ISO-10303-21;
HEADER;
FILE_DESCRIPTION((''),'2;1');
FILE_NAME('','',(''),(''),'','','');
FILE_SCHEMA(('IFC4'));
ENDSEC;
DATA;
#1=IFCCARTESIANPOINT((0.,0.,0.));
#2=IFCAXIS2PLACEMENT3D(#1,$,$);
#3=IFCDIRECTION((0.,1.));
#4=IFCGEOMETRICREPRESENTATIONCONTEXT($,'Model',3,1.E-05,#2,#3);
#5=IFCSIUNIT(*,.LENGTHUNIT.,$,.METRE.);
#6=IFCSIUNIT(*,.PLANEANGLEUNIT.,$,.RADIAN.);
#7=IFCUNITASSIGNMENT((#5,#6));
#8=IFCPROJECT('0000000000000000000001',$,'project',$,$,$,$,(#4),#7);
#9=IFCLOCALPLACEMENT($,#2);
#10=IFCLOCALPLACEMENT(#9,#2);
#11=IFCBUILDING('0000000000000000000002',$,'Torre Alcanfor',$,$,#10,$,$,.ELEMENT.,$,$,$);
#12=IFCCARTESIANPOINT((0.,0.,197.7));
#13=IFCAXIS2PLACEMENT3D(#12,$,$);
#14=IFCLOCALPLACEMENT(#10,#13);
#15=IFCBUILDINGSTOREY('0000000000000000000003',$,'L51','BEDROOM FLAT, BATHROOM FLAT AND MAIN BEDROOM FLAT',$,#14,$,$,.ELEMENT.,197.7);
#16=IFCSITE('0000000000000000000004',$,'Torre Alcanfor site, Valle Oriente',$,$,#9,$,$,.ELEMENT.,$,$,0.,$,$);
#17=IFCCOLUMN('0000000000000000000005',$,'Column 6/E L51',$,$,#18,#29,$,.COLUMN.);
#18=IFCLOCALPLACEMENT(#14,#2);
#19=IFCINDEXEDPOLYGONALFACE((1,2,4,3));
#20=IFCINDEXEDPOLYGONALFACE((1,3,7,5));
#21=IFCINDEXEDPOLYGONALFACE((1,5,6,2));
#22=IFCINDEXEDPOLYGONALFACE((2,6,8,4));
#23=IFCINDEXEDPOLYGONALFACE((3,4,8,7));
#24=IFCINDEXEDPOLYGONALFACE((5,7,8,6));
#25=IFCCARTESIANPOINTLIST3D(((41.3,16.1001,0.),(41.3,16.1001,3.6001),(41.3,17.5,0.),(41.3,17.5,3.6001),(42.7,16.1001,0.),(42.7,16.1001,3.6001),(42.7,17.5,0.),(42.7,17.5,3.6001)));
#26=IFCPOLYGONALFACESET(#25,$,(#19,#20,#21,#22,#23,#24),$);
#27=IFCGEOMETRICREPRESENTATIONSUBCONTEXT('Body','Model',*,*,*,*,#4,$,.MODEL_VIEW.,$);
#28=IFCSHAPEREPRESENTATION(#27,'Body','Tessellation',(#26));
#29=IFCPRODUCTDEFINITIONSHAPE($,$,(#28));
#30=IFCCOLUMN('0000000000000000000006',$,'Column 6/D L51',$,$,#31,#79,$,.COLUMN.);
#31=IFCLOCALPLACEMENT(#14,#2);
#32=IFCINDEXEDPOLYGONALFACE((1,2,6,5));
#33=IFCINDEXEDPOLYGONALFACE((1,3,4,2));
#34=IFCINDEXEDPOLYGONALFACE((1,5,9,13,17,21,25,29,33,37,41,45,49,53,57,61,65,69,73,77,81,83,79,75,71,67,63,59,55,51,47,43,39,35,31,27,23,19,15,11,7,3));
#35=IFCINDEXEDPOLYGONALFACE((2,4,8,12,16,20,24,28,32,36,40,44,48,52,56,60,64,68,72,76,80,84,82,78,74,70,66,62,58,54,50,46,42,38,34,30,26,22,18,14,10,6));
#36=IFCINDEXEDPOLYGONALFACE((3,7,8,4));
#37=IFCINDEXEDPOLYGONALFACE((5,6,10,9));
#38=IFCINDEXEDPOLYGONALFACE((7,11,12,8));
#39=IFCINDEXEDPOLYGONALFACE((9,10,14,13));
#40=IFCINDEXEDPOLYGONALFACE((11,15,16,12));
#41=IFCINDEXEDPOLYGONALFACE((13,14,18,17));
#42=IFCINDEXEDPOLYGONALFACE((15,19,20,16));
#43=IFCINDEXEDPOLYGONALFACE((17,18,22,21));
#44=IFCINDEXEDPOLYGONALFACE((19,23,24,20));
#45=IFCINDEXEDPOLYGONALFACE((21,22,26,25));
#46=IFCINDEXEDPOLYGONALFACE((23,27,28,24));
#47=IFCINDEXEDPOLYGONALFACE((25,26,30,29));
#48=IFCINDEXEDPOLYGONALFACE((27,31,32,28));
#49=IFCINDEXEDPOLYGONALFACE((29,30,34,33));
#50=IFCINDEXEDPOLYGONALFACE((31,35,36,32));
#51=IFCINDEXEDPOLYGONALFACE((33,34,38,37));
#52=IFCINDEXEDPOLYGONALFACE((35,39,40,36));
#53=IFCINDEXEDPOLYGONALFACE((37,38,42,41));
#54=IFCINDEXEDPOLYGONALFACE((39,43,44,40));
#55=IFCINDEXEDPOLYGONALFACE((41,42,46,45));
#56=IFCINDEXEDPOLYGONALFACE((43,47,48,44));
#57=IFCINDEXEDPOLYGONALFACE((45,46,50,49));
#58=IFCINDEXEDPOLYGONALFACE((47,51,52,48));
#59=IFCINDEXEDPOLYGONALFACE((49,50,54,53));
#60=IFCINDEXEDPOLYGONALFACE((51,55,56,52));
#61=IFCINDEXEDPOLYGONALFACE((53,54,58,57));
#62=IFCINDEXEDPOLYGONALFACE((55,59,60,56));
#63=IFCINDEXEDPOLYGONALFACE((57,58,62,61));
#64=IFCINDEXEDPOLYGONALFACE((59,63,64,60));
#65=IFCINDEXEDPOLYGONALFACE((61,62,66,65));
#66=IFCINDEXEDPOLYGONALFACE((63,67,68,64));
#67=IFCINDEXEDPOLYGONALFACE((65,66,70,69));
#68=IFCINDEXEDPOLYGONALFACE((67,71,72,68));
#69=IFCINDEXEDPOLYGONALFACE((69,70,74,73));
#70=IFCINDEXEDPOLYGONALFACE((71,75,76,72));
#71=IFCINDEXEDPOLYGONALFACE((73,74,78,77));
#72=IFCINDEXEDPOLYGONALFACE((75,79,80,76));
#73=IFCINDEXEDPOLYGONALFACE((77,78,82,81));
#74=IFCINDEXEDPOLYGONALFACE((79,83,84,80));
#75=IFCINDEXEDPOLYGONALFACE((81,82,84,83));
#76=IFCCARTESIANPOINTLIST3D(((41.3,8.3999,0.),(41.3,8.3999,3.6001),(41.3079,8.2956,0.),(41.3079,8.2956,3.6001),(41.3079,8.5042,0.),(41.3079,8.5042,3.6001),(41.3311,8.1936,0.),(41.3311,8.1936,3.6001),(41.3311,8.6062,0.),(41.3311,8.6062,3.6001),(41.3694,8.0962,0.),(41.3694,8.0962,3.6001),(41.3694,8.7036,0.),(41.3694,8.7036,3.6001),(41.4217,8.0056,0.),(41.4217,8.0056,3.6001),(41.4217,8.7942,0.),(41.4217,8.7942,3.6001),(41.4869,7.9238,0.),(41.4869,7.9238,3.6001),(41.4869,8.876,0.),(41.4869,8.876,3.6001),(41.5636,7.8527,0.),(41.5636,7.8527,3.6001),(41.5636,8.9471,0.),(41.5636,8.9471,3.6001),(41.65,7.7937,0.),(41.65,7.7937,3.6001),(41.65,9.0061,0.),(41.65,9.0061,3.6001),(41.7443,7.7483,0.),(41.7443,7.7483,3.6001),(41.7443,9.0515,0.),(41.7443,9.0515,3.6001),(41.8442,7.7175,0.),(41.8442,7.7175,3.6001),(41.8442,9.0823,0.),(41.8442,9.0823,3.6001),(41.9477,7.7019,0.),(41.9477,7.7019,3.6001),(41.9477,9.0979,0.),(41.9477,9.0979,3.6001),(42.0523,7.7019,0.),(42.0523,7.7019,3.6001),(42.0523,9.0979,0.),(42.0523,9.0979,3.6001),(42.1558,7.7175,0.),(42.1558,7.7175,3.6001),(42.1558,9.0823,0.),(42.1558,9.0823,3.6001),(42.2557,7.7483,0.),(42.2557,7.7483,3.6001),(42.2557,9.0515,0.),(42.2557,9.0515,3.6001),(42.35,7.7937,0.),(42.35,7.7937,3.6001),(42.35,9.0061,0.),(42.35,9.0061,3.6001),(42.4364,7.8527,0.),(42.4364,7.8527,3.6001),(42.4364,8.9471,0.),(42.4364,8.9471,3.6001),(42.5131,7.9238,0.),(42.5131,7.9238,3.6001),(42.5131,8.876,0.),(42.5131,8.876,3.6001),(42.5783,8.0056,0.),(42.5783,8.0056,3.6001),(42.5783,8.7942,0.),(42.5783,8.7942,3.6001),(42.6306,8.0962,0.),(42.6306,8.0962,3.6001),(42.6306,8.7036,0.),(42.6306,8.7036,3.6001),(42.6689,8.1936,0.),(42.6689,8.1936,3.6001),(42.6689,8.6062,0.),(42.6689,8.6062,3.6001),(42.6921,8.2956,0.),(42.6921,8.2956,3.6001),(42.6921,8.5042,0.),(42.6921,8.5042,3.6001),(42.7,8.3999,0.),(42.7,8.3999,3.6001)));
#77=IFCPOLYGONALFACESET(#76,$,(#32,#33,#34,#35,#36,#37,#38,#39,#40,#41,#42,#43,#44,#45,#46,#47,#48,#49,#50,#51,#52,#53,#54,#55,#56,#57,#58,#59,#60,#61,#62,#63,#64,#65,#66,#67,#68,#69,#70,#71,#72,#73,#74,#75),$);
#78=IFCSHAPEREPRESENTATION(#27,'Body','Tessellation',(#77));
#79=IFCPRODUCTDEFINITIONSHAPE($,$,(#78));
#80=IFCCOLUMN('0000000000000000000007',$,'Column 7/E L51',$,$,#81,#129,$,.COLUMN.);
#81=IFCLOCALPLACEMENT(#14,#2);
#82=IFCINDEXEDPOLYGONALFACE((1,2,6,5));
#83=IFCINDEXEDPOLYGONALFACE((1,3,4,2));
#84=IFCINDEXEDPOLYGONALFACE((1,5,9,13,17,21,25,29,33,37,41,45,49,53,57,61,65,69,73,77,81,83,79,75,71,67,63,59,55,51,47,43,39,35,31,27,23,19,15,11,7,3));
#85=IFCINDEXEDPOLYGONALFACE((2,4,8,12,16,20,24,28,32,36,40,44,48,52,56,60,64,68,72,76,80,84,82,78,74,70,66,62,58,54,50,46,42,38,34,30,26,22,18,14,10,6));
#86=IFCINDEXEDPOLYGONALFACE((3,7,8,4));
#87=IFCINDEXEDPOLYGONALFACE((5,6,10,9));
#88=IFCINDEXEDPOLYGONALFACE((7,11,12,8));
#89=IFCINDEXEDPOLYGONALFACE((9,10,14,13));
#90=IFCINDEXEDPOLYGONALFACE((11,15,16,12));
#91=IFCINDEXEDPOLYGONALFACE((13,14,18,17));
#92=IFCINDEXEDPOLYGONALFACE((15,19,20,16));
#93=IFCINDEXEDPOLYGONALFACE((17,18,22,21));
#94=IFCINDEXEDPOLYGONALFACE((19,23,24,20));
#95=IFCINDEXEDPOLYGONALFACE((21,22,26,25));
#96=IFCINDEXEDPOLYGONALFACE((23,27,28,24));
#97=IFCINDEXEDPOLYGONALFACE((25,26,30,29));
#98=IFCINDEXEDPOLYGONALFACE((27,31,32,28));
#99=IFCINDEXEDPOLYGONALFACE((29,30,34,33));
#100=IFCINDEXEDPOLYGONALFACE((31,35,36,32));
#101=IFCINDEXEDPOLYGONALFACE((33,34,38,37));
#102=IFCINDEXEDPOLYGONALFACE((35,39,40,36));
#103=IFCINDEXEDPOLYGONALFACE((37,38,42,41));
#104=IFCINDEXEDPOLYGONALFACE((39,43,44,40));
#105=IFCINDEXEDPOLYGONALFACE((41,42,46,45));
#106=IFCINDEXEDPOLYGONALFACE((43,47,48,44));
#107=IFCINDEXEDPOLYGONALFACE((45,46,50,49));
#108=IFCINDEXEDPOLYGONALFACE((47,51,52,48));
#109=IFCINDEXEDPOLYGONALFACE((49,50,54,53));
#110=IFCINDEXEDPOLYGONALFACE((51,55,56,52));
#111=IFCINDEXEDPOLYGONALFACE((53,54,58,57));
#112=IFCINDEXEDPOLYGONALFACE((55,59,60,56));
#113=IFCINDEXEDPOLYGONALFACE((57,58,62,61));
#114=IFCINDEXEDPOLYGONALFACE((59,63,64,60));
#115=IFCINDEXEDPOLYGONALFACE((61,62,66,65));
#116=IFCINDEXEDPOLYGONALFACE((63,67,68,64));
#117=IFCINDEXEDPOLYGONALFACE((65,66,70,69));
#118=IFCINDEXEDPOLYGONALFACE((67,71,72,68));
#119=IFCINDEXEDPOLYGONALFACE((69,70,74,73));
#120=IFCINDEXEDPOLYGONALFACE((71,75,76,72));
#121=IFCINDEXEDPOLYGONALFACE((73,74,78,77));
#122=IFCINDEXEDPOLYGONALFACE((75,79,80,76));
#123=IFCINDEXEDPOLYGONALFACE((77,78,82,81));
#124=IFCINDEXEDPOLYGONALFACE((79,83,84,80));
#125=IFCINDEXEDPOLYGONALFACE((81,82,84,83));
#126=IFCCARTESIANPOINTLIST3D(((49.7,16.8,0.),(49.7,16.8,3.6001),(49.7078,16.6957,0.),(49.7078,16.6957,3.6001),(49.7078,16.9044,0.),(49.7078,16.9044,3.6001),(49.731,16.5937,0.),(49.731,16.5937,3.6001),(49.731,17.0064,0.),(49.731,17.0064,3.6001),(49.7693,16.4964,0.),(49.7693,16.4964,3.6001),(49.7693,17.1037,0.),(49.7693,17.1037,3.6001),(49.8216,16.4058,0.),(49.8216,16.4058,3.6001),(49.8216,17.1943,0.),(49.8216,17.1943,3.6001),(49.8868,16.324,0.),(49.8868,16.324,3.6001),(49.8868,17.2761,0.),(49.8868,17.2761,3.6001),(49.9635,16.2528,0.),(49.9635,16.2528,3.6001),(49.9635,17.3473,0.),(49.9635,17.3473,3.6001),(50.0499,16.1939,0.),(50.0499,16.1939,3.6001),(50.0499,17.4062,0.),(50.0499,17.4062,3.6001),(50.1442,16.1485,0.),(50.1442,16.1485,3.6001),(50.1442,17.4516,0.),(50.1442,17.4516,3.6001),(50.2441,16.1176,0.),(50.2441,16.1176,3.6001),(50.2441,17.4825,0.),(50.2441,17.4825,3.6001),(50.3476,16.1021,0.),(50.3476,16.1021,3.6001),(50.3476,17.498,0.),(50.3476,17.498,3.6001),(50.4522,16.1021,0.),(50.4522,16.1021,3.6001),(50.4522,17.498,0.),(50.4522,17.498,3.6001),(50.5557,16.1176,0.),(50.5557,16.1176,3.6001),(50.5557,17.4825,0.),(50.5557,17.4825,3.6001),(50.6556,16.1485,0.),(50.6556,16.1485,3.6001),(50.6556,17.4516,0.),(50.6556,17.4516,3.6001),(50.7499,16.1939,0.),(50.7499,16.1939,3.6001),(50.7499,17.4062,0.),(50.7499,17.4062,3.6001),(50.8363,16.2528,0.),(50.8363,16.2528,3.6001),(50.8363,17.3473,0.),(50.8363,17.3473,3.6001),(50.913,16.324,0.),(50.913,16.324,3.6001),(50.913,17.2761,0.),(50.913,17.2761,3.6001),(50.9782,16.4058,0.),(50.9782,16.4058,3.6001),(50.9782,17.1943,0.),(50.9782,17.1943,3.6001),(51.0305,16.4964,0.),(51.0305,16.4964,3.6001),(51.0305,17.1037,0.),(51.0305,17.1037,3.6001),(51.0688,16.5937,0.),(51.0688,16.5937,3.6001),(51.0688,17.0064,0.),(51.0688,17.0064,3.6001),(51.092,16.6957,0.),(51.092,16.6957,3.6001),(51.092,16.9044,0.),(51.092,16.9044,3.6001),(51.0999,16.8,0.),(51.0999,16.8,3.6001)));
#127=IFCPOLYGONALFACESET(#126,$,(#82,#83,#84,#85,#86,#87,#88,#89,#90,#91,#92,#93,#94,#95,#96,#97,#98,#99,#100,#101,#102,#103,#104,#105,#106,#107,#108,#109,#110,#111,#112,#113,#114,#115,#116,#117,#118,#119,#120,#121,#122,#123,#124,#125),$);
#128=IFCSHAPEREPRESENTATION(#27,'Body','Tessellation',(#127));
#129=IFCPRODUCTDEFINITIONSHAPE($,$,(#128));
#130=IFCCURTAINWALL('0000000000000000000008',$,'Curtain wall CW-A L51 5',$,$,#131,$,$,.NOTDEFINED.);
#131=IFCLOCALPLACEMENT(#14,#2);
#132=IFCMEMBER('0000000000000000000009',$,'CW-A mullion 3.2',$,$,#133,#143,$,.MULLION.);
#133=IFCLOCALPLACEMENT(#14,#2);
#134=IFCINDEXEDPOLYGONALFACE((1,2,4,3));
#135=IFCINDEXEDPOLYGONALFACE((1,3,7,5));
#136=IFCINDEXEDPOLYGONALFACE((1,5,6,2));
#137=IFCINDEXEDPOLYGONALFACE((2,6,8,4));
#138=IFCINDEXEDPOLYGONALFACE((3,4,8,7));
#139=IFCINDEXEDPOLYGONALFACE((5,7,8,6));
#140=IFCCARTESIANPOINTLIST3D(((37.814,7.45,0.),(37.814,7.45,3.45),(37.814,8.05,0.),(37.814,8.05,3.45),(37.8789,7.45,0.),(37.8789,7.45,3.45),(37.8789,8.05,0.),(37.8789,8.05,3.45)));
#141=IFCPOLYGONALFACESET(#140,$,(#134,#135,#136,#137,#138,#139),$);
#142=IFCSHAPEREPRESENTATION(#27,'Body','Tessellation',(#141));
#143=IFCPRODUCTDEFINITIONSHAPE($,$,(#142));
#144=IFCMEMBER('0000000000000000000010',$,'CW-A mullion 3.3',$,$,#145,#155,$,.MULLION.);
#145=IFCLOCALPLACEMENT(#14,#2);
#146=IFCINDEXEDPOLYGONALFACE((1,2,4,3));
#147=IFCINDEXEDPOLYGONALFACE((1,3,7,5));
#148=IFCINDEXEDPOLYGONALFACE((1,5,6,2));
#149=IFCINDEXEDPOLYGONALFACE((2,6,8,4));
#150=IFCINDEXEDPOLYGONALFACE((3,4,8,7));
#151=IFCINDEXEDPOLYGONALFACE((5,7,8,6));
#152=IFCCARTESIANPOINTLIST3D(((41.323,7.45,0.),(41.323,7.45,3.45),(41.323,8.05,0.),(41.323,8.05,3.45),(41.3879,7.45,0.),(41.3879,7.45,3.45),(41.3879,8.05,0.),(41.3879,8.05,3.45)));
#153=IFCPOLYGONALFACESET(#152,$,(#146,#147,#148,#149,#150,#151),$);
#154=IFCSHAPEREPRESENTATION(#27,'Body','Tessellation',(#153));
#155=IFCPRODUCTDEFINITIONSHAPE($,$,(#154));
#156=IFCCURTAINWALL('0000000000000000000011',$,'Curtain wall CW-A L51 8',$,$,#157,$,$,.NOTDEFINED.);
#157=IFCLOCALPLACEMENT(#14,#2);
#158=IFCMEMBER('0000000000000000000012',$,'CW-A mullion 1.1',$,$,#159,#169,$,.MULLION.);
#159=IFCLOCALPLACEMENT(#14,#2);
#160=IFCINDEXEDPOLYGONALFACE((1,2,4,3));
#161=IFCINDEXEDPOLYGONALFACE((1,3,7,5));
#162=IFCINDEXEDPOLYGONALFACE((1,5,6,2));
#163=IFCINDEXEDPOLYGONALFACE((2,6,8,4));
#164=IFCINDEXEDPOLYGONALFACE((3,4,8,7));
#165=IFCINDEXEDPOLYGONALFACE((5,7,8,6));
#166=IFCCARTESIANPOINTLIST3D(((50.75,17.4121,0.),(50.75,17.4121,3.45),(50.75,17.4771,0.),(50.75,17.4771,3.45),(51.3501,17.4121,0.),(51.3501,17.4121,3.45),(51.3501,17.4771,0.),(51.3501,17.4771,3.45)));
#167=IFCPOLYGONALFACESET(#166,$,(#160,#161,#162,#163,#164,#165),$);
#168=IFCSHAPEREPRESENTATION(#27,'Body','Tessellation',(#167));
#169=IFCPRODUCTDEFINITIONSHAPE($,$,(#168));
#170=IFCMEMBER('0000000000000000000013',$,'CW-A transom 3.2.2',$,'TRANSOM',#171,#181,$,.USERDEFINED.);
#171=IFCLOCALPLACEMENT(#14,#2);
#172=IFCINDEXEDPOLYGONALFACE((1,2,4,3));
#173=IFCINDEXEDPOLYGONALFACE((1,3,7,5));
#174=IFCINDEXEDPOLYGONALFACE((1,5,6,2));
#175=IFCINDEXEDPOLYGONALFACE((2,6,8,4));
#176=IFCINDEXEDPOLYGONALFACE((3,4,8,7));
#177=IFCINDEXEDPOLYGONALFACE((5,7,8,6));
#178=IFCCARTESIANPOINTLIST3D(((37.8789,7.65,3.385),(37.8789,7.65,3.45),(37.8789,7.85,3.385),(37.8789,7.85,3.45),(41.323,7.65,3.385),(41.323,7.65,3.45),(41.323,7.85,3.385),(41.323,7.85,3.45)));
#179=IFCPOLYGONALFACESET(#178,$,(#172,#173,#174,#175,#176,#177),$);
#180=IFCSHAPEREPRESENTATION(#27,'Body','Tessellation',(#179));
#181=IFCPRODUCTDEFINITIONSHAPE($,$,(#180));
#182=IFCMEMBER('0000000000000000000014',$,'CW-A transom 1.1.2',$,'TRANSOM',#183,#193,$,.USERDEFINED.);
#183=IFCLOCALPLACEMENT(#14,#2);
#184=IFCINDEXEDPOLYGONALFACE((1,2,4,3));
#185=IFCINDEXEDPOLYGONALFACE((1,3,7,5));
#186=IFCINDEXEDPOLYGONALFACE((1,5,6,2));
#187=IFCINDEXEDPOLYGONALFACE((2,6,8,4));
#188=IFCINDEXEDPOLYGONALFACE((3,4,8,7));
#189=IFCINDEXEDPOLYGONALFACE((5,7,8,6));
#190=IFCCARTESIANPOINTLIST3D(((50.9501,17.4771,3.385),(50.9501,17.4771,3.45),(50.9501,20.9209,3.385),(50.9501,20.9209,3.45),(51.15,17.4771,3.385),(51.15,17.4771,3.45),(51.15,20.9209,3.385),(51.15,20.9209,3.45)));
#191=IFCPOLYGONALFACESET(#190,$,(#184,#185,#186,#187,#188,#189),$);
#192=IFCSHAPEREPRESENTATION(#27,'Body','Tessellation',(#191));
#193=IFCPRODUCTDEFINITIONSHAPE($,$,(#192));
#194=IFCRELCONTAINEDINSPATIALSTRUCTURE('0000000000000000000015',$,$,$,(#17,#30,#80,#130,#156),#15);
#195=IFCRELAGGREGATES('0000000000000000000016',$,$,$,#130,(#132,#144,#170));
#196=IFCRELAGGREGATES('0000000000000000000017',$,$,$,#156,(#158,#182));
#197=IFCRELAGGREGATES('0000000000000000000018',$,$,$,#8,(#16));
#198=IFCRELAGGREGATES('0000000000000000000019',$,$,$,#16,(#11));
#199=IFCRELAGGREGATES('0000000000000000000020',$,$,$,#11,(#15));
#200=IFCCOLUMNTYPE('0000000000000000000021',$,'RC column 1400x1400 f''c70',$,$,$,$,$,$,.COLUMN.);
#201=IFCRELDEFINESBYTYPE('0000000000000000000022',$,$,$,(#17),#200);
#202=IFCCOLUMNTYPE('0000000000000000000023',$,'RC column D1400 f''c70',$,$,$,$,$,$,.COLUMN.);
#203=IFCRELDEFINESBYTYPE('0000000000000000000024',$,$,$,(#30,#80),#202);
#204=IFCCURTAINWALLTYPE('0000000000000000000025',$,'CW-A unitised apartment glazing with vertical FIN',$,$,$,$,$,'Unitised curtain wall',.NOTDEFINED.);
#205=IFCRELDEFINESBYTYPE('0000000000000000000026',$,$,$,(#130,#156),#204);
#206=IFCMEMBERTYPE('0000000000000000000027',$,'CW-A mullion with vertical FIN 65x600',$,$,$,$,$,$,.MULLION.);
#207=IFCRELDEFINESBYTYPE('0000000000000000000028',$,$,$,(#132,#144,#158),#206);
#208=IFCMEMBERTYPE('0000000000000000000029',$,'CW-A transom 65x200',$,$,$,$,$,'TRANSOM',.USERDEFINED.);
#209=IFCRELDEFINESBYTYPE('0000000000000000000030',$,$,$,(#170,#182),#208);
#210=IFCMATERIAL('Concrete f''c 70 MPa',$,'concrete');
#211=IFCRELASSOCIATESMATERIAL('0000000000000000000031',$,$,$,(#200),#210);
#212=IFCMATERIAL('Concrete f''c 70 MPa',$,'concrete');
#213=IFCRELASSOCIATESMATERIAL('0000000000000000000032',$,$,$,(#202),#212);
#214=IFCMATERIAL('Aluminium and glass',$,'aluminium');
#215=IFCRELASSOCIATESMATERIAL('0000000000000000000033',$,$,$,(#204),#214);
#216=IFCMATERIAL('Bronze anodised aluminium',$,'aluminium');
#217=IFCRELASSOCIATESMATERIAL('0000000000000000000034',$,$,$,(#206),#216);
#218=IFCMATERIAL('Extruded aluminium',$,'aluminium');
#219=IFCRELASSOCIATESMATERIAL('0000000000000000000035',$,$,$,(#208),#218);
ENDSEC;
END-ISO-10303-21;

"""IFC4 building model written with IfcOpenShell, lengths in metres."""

from ifc_helpers import new_model, si_unit, direction, frame, origin, origin_2d, place, context, subcontext, project, spatial, rectangle, circle, extrude, material, material_profile, profile_set, type_object, element, aggregate, save


model = new_model("IFC4")

# Units and contexts
model_context = context("Model", 3, precision=1e-05, world=origin(), true_north=direction((0.0, 1.0)))
body_context = subcontext(model_context, "Body", "Model", "MODEL_VIEW")
ifc_project = project(units=[si_unit("LENGTHUNIT", "METRE"), si_unit("PLANEANGLEUNIT", "RADIAN")], contexts=[model_context])

# Site, building, storey
site_placement = place(None, origin())
site = spatial("IfcSite", under=ifc_project, at=site_placement, Name="Torre Alcanfor site, Valle Oriente", CompositionType="ELEMENT", RefElevation=0.0)
building_placement = place(site_placement, origin())
building = spatial("IfcBuilding", under=site, at=building_placement, Name="Torre Alcanfor", CompositionType="ELEMENT")
storey_placement = place(building_placement, frame((0.0, 0.0, 197.7)))
storey = spatial("IfcBuildingStorey", under=building, at=storey_placement, Name="L51", Description="BEDROOM FLAT, BATHROOM FLAT AND MAIN BEDROOM FLAT", CompositionType="ELEMENT", Elevation=197.7)

# Columns
ifc_material_1 = material(Name="Concrete f'c 70 MPa", Category="concrete")
ifc_material_profile_1 = material_profile(ifc_material_1, rectangle(XDim=1.3999, YDim=1.3999, at=origin_2d()), Name="1400x1400")
ifc_profile_set_1 = profile_set([ifc_material_profile_1], Name="Concrete f'c 70 MPa")
column_type_1 = type_object("IfcColumnType", Name="RC column 1400x1400 f'c70", PredefinedType="COLUMN", material=ifc_profile_set_1)
column_placement = place(storey_placement, frame((42.0, 16.8, 0.0), z_axis=(0.0, 0.0, 1.0), x_axis=(1.0, 0.0, 0.0)))
element("IfcColumn", 1, at=column_placement, inside=storey, type_object=column_type_1, Name="Column 6/E L51", PredefinedType="COLUMN", context=body_context, shape_type="SweptSolid", body=[
    extrude(rectangle(XDim=1.3999, YDim=1.3999, at=origin_2d()), origin(), (0.0, 0.0, 1.0), 3.6001),
])
ifc_material_2 = material(Name="Concrete f'c 70 MPa", Category="concrete")
ifc_material_profile_2 = material_profile(ifc_material_2, circle(Radius=0.7, at=origin_2d()), Name="D1400")
ifc_profile_set_2 = profile_set([ifc_material_profile_2], Name="Concrete f'c 70 MPa")
column_type_2 = type_object("IfcColumnType", Name="RC column D1400 f'c70", PredefinedType="COLUMN", material=ifc_profile_set_2)
for number, where, z_axis, x_axis, name in (
    (2, (42.0, 8.3999, 0.0), (0.0, 0.0, 1.0), (1.0, 0.0, 0.0), "Column 6/D L51"),
    (3, (50.3999, 16.8, 0.0), (0.0, 0.0, 1.0), (1.0, 0.0, 0.0), "Column 7/E L51"),
):
    element("IfcColumn", number, at=place(storey_placement, frame(where, z_axis=z_axis, x_axis=x_axis)), inside=storey, type_object=column_type_2, Name=name, PredefinedType="COLUMN", context=body_context, shape_type="SweptSolid", body=[
        extrude(circle(Radius=0.7, at=origin_2d()), origin(), (0.0, 0.0, 1.0), 3.6001),
    ])

# Curtain wall, members
ifc_material_3 = material(Name="Aluminium and glass", Category="aluminium")
curtain_wall_type = type_object("IfcCurtainWallType", Name="CW-A unitised apartment glazing with vertical FIN", ElementType="Unitised curtain wall", PredefinedType="NOTDEFINED", material=ifc_material_3)
curtain_wall_1_placement = place(storey_placement, origin())
curtain_wall_1 = element("IfcCurtainWall", 4, at=curtain_wall_1_placement, inside=storey, type_object=curtain_wall_type, Name="Curtain wall CW-A L51 5", PredefinedType="NOTDEFINED")
ifc_material_4 = material(Name="Bronze anodised aluminium", Category="aluminium")
ifc_material_profile_3 = material_profile(ifc_material_4, rectangle(XDim=0.6001, YDim=0.0649, at=origin_2d()), Name="CW-A mullion 65x600")
ifc_profile_set_3 = profile_set([ifc_material_profile_3], Name="Bronze anodised aluminium")
member_type_1 = type_object("IfcMemberType", Name="CW-A mullion with vertical FIN 65x600", PredefinedType="MULLION", material=ifc_profile_set_3)
member_1_placement = place(storey_placement, frame((37.8464, 7.75, 0.0), z_axis=(0.0, 0.0, 1.0), x_axis=(0.0, 1.0, 0.0)))
member_1 = element("IfcMember", 5, at=member_1_placement, type_object=member_type_1, Name="CW-A mullion 3.2", PredefinedType="MULLION", context=body_context, shape_type="SweptSolid", body=[
    extrude(rectangle(XDim=0.6001, YDim=0.0649, at=origin_2d()), origin(), (0.0, 0.0, 1.0), 3.45),
])
member_2_placement = place(storey_placement, frame((41.3555, 7.75, 0.0), z_axis=(0.0, 0.0, 1.0), x_axis=(0.0, 1.0, 0.0)))
member_2 = element("IfcMember", 6, at=member_2_placement, type_object=member_type_1, Name="CW-A mullion 3.3", PredefinedType="MULLION", context=body_context, shape_type="SweptSolid", body=[
    extrude(rectangle(XDim=0.6001, YDim=0.0649, at=origin_2d()), origin(), (0.0, 0.0, 1.0), 3.45),
])

# Curtain wall, member
curtain_wall_2_placement = place(storey_placement, origin())
curtain_wall_2 = element("IfcCurtainWall", 7, at=curtain_wall_2_placement, inside=storey, type_object=curtain_wall_type, Name="Curtain wall CW-A L51 8", PredefinedType="NOTDEFINED")
member_3_placement = place(storey_placement, frame((51.05, 17.4446, 0.0), z_axis=(0.0, 0.0, 1.0), x_axis=(-1.0, 0.0, 0.0)))
member_3 = element("IfcMember", 8, at=member_3_placement, type_object=member_type_1, Name="CW-A mullion 1.1", PredefinedType="MULLION", context=body_context, shape_type="SweptSolid", body=[
    extrude(rectangle(XDim=0.6001, YDim=0.0649, at=origin_2d()), origin(), (0.0, 0.0, 1.0), 3.45),
])

# Members
ifc_material_5 = material(Name="Extruded aluminium", Category="aluminium")
ifc_material_profile_4 = material_profile(ifc_material_5, rectangle(XDim=0.2, YDim=0.0649, at=origin_2d()), Name="CW-A transom 200x65")
ifc_profile_set_4 = profile_set([ifc_material_profile_4], Name="Extruded aluminium")
member_type_2 = type_object("IfcMemberType", Name="CW-A transom 65x200", ElementType="TRANSOM", PredefinedType="USERDEFINED", material=ifc_profile_set_4)
member_4_placement = place(storey_placement, frame((37.8789, 7.75, 3.4175), z_axis=(1.0, 0.0, 0.0), x_axis=(0.0, 1.0, 0.0)))
member_4 = element("IfcMember", 9, at=member_4_placement, type_object=member_type_2, Name="CW-A transom 3.2.2", ObjectType="TRANSOM", PredefinedType="USERDEFINED", context=body_context, shape_type="SweptSolid", body=[
    extrude(rectangle(XDim=0.2, YDim=0.0649, at=origin_2d()), origin(), (0.0, 0.0, 1.0), 3.4441),
])
member_5_placement = place(storey_placement, frame((51.05, 17.4771, 3.4175), z_axis=(0.0, 1.0, 0.0), x_axis=(-1.0, 0.0, 0.0)))
member_5 = element("IfcMember", 10, at=member_5_placement, type_object=member_type_2, Name="CW-A transom 1.1.2", ObjectType="TRANSOM", PredefinedType="USERDEFINED", context=body_context, shape_type="SweptSolid", body=[
    extrude(rectangle(XDim=0.2, YDim=0.0649, at=origin_2d()), origin(), (0.0, 0.0, 1.0), 3.4438),
])

aggregate(curtain_wall_1, [member_1, member_2, member_4])
aggregate(curtain_wall_2, [member_3, member_5])

save(model, "model.ifc")
